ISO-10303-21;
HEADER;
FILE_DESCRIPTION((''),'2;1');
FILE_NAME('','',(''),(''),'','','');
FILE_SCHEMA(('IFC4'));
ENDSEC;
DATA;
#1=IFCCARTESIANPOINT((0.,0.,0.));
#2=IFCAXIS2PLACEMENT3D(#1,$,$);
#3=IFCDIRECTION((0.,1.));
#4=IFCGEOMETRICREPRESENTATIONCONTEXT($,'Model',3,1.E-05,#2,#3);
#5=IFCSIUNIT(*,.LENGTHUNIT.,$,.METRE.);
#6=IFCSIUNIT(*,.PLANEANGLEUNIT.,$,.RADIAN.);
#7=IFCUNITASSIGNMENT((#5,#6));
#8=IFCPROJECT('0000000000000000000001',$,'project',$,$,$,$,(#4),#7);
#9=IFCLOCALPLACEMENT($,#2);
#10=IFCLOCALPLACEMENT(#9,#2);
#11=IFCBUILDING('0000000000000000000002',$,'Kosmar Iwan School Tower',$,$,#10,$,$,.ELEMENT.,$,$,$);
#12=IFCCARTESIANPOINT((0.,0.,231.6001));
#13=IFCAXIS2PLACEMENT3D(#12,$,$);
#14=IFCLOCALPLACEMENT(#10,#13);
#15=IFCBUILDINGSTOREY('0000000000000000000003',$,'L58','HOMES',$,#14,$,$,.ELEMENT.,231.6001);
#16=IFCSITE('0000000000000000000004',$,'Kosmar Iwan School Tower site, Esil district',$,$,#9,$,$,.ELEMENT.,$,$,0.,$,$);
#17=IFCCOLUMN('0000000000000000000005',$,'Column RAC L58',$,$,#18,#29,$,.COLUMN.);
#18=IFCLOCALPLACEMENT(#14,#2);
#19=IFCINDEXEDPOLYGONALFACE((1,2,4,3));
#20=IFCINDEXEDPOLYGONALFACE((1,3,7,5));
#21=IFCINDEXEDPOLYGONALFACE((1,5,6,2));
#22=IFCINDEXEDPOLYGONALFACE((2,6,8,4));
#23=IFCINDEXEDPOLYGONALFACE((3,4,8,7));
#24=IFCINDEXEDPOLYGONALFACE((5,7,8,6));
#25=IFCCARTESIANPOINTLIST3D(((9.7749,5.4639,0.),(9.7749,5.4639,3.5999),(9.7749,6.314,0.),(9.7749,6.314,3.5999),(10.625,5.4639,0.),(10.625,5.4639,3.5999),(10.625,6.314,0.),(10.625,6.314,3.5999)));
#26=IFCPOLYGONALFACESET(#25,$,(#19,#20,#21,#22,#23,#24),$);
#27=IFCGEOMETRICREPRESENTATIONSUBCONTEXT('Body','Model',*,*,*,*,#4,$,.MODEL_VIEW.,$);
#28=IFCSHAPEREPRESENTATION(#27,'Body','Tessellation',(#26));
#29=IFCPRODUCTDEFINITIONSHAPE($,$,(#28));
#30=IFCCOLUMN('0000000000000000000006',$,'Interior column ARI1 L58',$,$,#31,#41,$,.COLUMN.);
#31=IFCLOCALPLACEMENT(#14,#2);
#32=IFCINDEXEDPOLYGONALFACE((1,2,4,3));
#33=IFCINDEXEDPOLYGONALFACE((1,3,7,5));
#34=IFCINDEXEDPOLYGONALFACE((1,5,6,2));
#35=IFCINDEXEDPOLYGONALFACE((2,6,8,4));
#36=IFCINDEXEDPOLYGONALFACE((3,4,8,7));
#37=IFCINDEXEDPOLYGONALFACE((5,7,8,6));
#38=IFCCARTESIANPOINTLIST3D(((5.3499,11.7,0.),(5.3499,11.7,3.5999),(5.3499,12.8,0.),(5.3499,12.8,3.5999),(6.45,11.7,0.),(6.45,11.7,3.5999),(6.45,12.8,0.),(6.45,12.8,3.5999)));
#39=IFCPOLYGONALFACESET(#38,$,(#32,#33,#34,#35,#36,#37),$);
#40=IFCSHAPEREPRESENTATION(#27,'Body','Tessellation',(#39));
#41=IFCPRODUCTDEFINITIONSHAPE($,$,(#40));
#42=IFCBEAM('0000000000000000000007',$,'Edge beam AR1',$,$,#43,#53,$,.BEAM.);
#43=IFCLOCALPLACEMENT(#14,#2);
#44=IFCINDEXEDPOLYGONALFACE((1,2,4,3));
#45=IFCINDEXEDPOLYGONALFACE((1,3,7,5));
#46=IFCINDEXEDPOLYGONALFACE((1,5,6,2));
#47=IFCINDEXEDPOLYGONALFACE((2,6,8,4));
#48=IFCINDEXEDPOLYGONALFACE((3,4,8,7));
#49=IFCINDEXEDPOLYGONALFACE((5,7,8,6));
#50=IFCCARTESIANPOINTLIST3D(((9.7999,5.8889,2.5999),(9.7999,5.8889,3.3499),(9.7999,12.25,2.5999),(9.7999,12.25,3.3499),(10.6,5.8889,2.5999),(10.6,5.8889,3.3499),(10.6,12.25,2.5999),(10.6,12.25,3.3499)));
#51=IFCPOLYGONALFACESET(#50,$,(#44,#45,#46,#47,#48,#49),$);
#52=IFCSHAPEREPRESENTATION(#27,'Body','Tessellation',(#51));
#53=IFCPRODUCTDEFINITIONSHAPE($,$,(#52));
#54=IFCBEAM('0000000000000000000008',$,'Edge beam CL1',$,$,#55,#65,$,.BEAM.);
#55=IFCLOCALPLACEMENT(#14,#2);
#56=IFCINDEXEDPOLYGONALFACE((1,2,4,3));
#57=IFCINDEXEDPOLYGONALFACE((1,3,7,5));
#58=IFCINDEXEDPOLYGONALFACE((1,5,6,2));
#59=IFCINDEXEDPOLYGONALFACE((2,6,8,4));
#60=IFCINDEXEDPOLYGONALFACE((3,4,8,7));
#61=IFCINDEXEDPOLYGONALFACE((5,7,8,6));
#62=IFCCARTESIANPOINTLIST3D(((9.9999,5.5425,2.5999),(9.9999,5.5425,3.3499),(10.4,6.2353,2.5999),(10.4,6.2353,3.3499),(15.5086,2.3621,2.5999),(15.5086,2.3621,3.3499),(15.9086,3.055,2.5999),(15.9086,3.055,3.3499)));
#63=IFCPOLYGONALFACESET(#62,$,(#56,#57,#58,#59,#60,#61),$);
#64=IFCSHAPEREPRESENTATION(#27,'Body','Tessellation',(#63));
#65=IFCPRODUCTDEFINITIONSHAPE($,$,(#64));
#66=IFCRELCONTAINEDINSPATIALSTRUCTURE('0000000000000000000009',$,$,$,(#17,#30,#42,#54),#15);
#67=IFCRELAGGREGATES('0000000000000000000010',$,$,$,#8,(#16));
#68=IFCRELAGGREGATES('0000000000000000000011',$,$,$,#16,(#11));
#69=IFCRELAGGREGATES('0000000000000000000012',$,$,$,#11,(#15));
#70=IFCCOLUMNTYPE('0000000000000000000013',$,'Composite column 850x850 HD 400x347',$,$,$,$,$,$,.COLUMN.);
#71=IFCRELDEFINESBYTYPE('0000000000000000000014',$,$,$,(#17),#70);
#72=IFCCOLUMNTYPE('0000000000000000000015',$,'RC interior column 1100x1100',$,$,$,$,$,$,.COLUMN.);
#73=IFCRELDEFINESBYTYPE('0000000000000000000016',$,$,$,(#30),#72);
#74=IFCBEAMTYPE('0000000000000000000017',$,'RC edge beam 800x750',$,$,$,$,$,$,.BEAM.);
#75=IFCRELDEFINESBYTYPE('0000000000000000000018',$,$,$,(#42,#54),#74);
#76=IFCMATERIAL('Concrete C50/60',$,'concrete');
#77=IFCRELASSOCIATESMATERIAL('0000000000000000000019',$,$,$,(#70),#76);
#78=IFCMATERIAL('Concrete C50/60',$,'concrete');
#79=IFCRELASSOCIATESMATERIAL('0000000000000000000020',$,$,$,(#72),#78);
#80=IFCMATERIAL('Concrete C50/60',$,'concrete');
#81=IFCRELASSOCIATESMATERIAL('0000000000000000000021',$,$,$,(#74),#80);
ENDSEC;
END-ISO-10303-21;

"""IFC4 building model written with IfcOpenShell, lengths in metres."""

from ifc_helpers import new_model, si_unit, direction, frame, origin, origin_2d, place, context, subcontext, project, spatial, rectangle, extrude, material, material_profile, profile_set, type_object, element, save


model = new_model("IFC4")

# Units and contexts
model_context = context("Model", 3, precision=1e-05, world=origin(), true_north=direction((0.0, 1.0)))
body_context = subcontext(model_context, "Body", "Model", "MODEL_VIEW")
ifc_project = project(units=[si_unit("LENGTHUNIT", "METRE"), si_unit("PLANEANGLEUNIT", "RADIAN")], contexts=[model_context])

# Site, building, storey
site_placement = place(None, origin())
site = spatial("IfcSite", under=ifc_project, at=site_placement, Name="Kosmar Iwan School Tower site, Esil district", CompositionType="ELEMENT", RefElevation=0.0)
building_placement = place(site_placement, origin())
building = spatial("IfcBuilding", under=site, at=building_placement, Name="Kosmar Iwan School Tower", CompositionType="ELEMENT")
storey_placement = place(building_placement, frame((0.0, 0.0, 231.6001)))
storey = spatial("IfcBuildingStorey", under=building, at=storey_placement, Name="L58", Description="HOMES", CompositionType="ELEMENT", Elevation=231.6001)

# Columns
ifc_material_1 = material(Name="Concrete C50/60", Category="concrete")
ifc_material_profile_1 = material_profile(ifc_material_1, rectangle(XDim=0.8501, YDim=0.8501, at=origin_2d()), Name="RC 850x850 + HD 400x347")
ifc_profile_set_1 = profile_set([ifc_material_profile_1], Name="Concrete C50/60")
column_type_1 = type_object("IfcColumnType", Name="Composite column 850x850 HD 400x347", PredefinedType="COLUMN", material=ifc_profile_set_1)
column_1_placement = place(storey_placement, frame((10.2, 5.8889, 0.0), z_axis=(0.0, 0.0, 1.0), x_axis=(1.0, 0.0, 0.0)))
element("IfcColumn", 1, at=column_1_placement, inside=storey, type_object=column_type_1, Name="Column RAC L58", PredefinedType="COLUMN", context=body_context, shape_type="SweptSolid", body=[
    extrude(rectangle(XDim=0.8501, YDim=0.8501, at=origin_2d()), origin(), (0.0, 0.0, 1.0), 3.5999),
])
ifc_material_2 = material(Name="Concrete C50/60", Category="concrete")
ifc_material_profile_2 = material_profile(ifc_material_2, rectangle(XDim=1.1001, YDim=1.1001, at=origin_2d()), Name="RC 1100x1100")
ifc_profile_set_2 = profile_set([ifc_material_profile_2], Name="Concrete C50/60")
column_type_2 = type_object("IfcColumnType", Name="RC interior column 1100x1100", PredefinedType="COLUMN", material=ifc_profile_set_2)
column_2_placement = place(storey_placement, frame((5.8999, 12.25, 0.0), z_axis=(0.0, 0.0, 1.0), x_axis=(0.0, 1.0, 0.0)))
element("IfcColumn", 2, at=column_2_placement, inside=storey, type_object=column_type_2, Name="Interior column ARI1 L58", PredefinedType="COLUMN", context=body_context, shape_type="SweptSolid", body=[
    extrude(rectangle(XDim=1.1001, YDim=1.1001, at=origin_2d()), origin(), (0.0, 0.0, 1.0), 3.5999),
])

# Beams
ifc_material_3 = material(Name="Concrete C50/60", Category="concrete")
ifc_material_profile_3 = material_profile(ifc_material_3, rectangle(XDim=0.8, YDim=0.75, at=origin_2d()), Name="RC 800x750")
ifc_profile_set_3 = profile_set([ifc_material_profile_3], Name="Concrete C50/60")
beam_type = type_object("IfcBeamType", Name="RC edge beam 800x750", PredefinedType="BEAM", material=ifc_profile_set_3)
beam_1_placement = place(storey_placement, frame((10.2, 5.8889, 2.9749), z_axis=(0.0, 1.0, 0.0), x_axis=(-1.0, 0.0, 0.0)))
element("IfcBeam", 3, at=beam_1_placement, inside=storey, type_object=beam_type, Name="Edge beam AR1", PredefinedType="BEAM", context=body_context, shape_type="SweptSolid", body=[
    extrude(rectangle(XDim=0.8, YDim=0.75, at=origin_2d()), origin(), (0.0, 0.0, 1.0), 6.3611),
])
beam_2_placement = place(storey_placement, frame((10.2, 5.8889, 2.9749), z_axis=(0.866031, -0.49999, 0.0), x_axis=(0.49999, 0.866031, 0.0)))
element("IfcBeam", 4, at=beam_2_placement, inside=storey, type_object=beam_type, Name="Edge beam CL1", PredefinedType="BEAM", context=body_context, shape_type="SweptSolid", body=[
    extrude(rectangle(XDim=0.8, YDim=0.75, at=origin_2d()), origin(), (0.0, 0.0, 1.0), 6.3608),
])

save(model, "model.ifc")
